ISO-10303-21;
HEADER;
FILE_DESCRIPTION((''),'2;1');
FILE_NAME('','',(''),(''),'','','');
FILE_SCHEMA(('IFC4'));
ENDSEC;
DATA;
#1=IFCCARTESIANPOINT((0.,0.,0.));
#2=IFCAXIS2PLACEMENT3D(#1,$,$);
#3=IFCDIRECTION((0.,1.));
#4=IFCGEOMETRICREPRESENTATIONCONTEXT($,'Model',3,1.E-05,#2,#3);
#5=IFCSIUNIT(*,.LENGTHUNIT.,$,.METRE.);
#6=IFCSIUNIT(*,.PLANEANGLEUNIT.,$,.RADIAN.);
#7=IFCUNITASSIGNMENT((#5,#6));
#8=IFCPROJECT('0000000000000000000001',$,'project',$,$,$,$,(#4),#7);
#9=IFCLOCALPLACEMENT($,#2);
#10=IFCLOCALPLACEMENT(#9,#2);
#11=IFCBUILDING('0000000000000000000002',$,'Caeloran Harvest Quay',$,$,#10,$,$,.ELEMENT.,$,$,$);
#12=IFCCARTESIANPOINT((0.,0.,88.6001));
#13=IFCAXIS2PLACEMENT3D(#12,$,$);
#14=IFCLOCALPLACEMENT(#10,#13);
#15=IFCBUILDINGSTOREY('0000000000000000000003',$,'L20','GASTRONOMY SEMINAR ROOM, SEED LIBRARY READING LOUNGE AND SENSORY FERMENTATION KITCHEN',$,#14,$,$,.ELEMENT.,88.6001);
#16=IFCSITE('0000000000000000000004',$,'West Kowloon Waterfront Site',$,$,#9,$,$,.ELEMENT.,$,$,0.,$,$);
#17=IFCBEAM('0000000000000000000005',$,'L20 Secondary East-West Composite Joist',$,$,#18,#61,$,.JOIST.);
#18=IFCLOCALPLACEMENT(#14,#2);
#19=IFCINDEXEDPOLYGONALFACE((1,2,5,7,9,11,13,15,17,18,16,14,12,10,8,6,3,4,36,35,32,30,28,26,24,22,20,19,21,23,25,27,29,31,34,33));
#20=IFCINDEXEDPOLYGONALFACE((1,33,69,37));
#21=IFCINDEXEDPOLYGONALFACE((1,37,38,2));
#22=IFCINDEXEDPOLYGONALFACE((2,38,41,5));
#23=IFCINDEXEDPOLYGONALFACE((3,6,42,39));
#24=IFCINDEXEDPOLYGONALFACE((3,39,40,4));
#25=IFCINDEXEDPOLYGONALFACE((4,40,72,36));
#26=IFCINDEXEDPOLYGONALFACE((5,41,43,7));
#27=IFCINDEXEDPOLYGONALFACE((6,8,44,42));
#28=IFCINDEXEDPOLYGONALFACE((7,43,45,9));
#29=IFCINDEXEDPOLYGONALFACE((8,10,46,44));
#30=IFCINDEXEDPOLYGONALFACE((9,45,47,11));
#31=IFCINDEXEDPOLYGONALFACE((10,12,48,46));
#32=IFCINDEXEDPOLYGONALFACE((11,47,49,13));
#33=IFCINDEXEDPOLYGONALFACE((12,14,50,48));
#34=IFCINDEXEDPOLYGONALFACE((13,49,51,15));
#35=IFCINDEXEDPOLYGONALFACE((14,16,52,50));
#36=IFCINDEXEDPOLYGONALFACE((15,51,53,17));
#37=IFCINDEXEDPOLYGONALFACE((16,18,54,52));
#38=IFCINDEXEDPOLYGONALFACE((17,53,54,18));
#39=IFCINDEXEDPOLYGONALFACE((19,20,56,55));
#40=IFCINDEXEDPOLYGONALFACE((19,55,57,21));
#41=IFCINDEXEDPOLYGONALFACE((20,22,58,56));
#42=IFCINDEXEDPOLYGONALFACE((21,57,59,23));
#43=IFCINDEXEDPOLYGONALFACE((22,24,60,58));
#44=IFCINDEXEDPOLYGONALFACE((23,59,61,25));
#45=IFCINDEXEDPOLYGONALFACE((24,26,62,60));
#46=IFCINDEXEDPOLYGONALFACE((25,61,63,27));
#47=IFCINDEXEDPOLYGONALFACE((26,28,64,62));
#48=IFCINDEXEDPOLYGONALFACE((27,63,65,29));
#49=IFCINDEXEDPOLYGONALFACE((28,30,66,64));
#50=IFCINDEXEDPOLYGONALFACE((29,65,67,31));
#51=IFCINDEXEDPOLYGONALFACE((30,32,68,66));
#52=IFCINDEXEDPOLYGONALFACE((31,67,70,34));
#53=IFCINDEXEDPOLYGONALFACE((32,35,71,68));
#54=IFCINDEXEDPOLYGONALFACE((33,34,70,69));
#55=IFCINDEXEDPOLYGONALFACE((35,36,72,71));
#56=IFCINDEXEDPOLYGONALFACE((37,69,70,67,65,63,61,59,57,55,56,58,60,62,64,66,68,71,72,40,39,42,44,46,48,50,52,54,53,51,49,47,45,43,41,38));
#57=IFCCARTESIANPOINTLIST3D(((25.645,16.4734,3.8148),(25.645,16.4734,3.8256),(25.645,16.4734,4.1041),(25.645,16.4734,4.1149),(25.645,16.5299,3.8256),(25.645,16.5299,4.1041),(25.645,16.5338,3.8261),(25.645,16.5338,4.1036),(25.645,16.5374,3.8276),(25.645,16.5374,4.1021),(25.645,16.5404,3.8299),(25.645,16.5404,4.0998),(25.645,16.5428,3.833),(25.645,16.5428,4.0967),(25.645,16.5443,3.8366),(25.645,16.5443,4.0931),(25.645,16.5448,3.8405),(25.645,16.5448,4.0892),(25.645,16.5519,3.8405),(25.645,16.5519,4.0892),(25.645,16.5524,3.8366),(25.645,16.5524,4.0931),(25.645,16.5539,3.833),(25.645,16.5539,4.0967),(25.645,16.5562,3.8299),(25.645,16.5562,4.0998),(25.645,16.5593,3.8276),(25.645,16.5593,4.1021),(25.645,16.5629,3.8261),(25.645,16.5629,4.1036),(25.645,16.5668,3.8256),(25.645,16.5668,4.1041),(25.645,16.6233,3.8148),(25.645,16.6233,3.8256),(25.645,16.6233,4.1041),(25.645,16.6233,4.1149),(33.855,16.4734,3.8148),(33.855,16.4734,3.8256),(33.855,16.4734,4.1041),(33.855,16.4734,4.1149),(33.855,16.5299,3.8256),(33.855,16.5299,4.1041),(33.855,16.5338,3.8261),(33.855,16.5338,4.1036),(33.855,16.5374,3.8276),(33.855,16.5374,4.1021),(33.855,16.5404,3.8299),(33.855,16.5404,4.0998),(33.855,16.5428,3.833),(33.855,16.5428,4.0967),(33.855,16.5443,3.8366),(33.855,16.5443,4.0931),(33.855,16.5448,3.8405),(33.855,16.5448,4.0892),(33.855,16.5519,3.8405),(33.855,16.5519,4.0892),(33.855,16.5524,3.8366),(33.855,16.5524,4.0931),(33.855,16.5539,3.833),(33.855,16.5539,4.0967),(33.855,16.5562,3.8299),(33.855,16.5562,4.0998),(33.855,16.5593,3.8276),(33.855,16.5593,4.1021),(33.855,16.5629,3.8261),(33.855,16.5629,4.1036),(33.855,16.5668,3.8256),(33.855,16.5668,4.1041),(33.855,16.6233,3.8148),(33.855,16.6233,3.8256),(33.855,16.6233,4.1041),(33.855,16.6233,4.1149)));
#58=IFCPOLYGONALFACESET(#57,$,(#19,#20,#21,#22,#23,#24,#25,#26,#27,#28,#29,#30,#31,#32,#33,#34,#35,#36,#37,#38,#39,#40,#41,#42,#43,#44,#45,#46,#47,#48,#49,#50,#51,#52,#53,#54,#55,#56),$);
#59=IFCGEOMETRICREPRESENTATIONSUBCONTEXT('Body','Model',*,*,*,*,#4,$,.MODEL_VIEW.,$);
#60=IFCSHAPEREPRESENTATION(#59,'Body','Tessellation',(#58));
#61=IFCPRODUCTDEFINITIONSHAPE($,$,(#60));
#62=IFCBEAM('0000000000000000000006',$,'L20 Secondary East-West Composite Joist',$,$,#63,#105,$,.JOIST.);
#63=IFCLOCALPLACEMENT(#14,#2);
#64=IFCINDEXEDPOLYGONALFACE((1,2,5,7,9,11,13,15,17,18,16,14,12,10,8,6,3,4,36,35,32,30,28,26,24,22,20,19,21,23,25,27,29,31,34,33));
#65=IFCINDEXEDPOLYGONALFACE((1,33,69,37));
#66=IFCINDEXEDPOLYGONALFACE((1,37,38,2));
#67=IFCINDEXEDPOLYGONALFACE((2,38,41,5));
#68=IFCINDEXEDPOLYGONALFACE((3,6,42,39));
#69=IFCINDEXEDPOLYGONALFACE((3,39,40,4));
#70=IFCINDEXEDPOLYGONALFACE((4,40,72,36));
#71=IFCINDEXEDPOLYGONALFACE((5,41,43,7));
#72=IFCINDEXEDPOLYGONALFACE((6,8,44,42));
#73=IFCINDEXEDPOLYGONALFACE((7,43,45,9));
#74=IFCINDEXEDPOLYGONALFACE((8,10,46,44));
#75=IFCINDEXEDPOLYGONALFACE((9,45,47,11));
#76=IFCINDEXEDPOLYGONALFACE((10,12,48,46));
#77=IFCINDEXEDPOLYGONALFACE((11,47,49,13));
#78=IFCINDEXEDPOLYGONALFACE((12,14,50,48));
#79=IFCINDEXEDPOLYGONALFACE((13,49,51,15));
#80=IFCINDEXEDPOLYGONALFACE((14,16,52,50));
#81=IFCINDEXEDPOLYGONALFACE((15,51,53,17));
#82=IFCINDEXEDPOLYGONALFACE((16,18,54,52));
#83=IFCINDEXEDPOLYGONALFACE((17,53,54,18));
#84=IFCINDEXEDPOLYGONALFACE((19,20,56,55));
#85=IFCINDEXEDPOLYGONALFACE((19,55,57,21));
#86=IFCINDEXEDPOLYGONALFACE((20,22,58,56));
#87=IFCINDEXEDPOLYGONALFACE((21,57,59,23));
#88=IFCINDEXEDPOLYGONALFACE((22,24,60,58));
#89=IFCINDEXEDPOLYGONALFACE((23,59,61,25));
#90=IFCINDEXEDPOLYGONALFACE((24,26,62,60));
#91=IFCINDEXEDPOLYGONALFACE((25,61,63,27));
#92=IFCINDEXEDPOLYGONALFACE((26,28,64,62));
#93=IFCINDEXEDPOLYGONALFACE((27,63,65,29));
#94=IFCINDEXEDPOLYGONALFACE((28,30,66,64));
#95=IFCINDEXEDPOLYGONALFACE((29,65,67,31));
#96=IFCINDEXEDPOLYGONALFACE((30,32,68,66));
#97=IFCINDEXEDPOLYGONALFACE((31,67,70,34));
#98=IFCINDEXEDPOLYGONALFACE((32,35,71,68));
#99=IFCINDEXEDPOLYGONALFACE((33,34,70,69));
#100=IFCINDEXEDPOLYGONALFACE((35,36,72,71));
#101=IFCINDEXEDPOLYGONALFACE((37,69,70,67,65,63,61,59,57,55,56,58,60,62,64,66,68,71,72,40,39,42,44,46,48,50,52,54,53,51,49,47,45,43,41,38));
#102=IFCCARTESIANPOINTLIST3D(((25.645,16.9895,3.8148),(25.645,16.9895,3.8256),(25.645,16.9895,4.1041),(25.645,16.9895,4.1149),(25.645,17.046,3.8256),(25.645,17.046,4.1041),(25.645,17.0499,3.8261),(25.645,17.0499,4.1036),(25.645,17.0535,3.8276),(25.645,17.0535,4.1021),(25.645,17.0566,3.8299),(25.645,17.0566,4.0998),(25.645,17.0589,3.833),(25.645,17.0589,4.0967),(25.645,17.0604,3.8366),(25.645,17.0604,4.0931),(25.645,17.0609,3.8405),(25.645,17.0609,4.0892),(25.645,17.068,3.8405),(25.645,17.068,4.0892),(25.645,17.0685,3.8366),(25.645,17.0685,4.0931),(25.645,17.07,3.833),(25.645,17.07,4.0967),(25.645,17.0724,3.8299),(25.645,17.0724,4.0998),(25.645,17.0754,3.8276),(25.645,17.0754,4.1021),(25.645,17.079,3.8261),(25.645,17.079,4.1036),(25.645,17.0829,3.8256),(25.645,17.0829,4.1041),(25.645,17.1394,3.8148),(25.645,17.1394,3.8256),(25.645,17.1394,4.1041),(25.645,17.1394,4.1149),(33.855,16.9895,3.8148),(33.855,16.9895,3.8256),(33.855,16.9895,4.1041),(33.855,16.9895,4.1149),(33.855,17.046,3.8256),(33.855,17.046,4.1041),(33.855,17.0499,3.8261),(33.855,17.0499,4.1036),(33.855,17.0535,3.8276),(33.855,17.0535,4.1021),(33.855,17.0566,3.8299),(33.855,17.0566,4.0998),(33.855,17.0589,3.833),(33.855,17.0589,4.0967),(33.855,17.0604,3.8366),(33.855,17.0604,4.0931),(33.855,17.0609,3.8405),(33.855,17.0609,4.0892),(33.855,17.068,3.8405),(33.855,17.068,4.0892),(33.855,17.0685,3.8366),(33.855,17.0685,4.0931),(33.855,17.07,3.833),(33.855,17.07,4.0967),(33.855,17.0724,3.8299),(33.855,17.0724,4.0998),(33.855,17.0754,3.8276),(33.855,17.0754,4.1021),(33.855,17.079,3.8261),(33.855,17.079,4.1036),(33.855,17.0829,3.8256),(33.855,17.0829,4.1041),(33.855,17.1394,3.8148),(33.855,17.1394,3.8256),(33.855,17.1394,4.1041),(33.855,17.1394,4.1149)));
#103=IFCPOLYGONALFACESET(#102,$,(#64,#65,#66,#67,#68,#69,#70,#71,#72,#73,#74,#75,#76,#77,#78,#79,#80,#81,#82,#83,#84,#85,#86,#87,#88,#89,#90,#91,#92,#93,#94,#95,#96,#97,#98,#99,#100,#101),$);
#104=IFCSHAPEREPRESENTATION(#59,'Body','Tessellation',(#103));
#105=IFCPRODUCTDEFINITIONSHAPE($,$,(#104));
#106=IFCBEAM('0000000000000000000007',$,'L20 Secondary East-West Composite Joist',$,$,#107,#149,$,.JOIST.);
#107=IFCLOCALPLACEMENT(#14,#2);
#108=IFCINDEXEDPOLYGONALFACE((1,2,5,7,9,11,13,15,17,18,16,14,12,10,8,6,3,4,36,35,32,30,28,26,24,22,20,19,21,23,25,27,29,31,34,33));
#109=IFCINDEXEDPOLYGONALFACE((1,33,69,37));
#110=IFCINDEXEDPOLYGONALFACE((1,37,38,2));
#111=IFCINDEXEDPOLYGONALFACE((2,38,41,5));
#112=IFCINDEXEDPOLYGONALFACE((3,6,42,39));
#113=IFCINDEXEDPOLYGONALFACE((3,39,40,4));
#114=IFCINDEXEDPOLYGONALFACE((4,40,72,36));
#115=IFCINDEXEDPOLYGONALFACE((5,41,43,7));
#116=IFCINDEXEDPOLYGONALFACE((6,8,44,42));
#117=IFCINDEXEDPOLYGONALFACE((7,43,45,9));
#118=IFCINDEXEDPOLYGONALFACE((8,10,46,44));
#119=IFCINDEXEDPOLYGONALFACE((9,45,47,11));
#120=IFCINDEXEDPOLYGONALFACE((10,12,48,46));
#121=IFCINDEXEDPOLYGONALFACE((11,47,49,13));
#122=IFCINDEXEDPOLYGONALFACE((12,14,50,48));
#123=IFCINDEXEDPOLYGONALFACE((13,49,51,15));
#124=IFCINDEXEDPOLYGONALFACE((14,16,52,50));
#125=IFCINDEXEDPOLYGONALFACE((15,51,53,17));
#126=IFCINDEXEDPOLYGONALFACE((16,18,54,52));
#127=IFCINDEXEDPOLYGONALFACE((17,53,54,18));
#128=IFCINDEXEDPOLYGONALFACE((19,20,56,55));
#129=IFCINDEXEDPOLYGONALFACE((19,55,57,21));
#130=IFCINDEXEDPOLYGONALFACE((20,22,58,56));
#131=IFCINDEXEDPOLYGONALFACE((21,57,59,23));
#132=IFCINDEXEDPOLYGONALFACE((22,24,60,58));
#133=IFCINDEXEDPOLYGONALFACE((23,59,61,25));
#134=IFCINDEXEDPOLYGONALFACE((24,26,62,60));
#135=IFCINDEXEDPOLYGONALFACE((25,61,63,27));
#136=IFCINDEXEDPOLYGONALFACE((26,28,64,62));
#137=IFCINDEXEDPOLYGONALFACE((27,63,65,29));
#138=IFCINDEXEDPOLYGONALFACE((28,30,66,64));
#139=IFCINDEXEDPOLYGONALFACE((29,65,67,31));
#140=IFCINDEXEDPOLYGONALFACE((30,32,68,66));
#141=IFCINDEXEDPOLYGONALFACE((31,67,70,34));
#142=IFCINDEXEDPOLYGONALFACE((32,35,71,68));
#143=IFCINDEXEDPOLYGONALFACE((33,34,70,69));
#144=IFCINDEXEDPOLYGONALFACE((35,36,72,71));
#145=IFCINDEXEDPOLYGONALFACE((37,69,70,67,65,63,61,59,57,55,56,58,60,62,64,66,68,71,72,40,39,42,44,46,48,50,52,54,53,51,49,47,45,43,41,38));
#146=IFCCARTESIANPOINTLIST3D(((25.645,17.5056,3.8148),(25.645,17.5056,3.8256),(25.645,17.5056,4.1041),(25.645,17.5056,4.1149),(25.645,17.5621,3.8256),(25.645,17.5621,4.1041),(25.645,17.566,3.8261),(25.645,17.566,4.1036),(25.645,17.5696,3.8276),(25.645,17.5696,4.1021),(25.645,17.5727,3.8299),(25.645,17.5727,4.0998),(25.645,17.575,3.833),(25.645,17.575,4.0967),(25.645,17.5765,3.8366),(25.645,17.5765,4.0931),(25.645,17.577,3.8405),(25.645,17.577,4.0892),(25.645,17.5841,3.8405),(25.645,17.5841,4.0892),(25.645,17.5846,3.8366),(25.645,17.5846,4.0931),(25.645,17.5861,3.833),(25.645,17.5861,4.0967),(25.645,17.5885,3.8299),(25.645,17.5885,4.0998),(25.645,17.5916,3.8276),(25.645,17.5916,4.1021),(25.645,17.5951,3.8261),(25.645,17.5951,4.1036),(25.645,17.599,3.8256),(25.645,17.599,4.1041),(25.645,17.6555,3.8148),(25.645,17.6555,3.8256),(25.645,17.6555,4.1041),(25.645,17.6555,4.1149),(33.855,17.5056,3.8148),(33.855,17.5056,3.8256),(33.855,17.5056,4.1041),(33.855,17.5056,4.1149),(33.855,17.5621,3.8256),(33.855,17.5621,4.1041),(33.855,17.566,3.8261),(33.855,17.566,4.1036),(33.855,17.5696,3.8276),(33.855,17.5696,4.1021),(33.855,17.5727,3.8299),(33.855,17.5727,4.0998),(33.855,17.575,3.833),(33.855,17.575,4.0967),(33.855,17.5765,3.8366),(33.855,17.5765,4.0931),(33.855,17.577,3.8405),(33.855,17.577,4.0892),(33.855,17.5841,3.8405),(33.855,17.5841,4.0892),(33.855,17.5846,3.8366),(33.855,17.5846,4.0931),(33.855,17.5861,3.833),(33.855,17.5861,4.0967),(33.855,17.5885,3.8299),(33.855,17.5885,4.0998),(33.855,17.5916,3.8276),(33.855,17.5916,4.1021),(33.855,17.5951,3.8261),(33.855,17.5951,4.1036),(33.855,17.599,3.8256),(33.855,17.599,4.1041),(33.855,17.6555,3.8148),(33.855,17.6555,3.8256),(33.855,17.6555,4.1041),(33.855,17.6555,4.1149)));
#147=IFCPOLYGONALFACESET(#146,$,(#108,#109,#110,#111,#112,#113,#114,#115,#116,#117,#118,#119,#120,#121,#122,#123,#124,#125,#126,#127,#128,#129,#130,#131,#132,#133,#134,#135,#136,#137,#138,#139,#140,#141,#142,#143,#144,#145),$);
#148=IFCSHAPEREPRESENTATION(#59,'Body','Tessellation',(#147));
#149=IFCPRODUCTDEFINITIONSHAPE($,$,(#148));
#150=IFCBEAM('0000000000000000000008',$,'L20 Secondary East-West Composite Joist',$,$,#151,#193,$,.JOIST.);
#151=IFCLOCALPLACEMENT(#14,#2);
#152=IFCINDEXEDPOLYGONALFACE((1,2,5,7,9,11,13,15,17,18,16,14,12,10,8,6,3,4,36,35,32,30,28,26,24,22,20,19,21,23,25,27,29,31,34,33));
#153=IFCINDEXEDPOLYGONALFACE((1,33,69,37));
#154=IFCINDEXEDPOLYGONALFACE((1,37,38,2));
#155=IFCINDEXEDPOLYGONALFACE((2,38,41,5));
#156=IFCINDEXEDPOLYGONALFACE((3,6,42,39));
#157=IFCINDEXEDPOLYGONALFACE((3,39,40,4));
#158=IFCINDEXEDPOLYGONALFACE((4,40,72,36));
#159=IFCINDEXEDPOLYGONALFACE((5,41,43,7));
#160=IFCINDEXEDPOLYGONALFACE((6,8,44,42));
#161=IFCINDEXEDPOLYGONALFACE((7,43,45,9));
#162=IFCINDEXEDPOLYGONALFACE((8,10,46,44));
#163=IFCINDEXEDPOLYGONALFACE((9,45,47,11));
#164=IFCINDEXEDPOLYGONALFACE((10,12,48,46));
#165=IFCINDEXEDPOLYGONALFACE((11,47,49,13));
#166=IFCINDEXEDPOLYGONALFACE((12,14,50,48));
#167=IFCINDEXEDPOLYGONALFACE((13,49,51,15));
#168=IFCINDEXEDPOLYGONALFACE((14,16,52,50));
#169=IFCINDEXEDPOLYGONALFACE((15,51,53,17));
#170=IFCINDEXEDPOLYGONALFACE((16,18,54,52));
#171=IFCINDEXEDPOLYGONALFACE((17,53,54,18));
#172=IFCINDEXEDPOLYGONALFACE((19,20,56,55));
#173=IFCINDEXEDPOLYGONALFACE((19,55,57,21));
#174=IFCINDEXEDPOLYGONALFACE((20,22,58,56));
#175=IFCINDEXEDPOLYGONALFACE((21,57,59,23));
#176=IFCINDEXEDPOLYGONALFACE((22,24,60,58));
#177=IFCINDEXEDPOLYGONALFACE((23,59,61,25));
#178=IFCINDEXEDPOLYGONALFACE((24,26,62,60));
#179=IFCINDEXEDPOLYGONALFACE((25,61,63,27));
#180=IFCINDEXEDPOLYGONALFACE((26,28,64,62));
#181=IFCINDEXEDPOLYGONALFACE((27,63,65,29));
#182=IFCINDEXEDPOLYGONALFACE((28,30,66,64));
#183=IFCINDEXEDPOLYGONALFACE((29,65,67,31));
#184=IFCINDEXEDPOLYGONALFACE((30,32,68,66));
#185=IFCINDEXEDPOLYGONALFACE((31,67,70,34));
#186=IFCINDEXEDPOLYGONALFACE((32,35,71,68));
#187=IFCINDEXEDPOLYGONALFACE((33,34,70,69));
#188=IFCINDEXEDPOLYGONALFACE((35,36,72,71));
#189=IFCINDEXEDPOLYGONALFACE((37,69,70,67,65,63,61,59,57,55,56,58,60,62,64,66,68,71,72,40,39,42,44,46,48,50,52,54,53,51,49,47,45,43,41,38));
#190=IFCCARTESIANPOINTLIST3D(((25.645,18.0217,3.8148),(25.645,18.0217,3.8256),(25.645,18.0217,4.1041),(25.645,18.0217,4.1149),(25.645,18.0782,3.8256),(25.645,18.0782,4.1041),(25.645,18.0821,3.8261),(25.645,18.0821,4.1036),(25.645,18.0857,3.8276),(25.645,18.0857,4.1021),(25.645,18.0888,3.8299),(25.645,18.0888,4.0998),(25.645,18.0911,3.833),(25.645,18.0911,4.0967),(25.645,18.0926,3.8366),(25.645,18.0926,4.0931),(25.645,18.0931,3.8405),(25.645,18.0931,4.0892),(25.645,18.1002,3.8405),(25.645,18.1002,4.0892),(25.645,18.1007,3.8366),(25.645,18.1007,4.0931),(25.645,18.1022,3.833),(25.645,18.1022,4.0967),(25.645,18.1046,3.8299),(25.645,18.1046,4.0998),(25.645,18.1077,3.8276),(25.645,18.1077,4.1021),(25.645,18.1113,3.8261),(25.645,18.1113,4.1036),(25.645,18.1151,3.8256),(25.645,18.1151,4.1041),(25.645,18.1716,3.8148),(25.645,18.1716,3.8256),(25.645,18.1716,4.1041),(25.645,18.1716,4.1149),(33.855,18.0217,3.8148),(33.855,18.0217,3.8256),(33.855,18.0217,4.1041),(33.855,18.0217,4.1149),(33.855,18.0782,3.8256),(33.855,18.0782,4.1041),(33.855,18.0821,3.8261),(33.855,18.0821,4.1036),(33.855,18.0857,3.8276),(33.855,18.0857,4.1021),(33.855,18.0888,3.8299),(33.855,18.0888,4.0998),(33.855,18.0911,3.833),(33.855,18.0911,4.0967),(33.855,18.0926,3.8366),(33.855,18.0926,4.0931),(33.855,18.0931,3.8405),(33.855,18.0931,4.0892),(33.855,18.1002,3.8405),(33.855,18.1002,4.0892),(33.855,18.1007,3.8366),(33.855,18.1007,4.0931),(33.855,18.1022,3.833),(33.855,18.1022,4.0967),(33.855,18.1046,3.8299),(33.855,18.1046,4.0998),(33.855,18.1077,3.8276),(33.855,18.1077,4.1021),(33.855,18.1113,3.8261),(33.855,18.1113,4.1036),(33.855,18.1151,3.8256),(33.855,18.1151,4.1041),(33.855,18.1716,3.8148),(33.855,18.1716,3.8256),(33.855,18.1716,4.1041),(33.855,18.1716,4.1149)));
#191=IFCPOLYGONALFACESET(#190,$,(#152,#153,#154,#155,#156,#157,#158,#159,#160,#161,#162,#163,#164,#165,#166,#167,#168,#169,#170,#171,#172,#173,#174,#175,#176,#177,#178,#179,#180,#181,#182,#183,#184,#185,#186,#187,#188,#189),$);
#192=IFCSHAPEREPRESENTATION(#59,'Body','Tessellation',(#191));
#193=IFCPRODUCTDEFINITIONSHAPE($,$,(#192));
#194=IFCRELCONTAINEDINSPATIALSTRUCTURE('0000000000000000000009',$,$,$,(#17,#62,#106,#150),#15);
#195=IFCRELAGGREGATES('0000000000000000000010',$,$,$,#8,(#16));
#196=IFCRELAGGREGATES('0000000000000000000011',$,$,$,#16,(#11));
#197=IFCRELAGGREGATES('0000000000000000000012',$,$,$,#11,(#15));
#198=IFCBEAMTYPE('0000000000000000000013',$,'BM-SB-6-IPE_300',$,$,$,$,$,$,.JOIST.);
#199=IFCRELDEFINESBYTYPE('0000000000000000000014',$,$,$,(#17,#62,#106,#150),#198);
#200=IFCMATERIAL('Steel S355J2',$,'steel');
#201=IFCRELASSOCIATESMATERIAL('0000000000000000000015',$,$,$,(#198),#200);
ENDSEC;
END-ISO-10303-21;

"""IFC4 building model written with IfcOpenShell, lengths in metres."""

from ifc_helpers import new_model, si_unit, direction, frame, origin, origin_2d, place, context, subcontext, project, spatial, i_section, extrude, material, material_profile, profile_set, type_object, element, save


model = new_model("IFC4")

# Units and contexts
model_context = context("Model", 3, precision=1e-05, world=origin(), true_north=direction((0.0, 1.0)))
body_context = subcontext(model_context, "Body", "Model", "MODEL_VIEW")
ifc_project = project(units=[si_unit("LENGTHUNIT", "METRE"), si_unit("PLANEANGLEUNIT", "RADIAN")], contexts=[model_context])

# Site, building, storey
site_placement = place(None, origin())
site = spatial("IfcSite", under=ifc_project, at=site_placement, Name="West Kowloon Waterfront Site", CompositionType="ELEMENT", RefElevation=0.0)
building_placement = place(site_placement, origin())
building = spatial("IfcBuilding", under=site, at=building_placement, Name="Caeloran Harvest Quay", CompositionType="ELEMENT")
storey_placement = place(building_placement, frame((0.0, 0.0, 88.6001)))
storey = spatial("IfcBuildingStorey", under=building, at=storey_placement, Name="L20", Description="GASTRONOMY SEMINAR ROOM, SEED LIBRARY READING LOUNGE AND SENSORY FERMENTATION KITCHEN", CompositionType="ELEMENT", Elevation=88.6001)

# Beams
ifc_material_1 = material(Name="Steel S355J2", Category="steel")
ifc_material_profile_1 = material_profile(ifc_material_1, i_section(OverallWidth=0.1499, OverallDepth=0.3, WebThickness=0.0071, FlangeThickness=0.0107, FilletRadius=0.0149, at=origin_2d()), Name="IPE 300")
ifc_profile_set_1 = profile_set([ifc_material_profile_1], Name="Steel S355J2")
beam_type_1 = type_object("IfcBeamType", Name="BM-SB-6-IPE_300", PredefinedType="JOIST", material=ifc_profile_set_1)
for number, where, z_axis, x_axis, name in (
    (1, (25.645, 16.5483, 3.9648), (1.0, 0.0, 0.0), (0.0, 1.0, 0.0), "L20 Secondary East-West Composite Joist"),
    (2, (25.645, 17.0645, 3.9648), (1.0, 0.0, 0.0), (0.0, 1.0, 0.0), "L20 Secondary East-West Composite Joist"),
    (3, (25.645, 17.5806, 3.9648), (1.0, 0.0, 0.0), (0.0, 1.0, 0.0), "L20 Secondary East-West Composite Joist"),
    (4, (25.645, 18.0967, 3.9648), (1.0, 0.0, 0.0), (0.0, 1.0, 0.0), "L20 Secondary East-West Composite Joist"),
):
    element("IfcBeam", number, at=place(storey_placement, frame(where, z_axis=z_axis, x_axis=x_axis)), inside=storey, type_object=beam_type_1, Name=name, PredefinedType="JOIST", context=body_context, shape_type="SweptSolid", body=[
        extrude(i_section(OverallWidth=0.1499, OverallDepth=0.3, WebThickness=0.0071, FlangeThickness=0.0107, FilletRadius=0.0149, at=origin_2d()), origin(), (0.0, 0.0, 1.0), 8.21),
    ])

save(model, "model.ifc")
